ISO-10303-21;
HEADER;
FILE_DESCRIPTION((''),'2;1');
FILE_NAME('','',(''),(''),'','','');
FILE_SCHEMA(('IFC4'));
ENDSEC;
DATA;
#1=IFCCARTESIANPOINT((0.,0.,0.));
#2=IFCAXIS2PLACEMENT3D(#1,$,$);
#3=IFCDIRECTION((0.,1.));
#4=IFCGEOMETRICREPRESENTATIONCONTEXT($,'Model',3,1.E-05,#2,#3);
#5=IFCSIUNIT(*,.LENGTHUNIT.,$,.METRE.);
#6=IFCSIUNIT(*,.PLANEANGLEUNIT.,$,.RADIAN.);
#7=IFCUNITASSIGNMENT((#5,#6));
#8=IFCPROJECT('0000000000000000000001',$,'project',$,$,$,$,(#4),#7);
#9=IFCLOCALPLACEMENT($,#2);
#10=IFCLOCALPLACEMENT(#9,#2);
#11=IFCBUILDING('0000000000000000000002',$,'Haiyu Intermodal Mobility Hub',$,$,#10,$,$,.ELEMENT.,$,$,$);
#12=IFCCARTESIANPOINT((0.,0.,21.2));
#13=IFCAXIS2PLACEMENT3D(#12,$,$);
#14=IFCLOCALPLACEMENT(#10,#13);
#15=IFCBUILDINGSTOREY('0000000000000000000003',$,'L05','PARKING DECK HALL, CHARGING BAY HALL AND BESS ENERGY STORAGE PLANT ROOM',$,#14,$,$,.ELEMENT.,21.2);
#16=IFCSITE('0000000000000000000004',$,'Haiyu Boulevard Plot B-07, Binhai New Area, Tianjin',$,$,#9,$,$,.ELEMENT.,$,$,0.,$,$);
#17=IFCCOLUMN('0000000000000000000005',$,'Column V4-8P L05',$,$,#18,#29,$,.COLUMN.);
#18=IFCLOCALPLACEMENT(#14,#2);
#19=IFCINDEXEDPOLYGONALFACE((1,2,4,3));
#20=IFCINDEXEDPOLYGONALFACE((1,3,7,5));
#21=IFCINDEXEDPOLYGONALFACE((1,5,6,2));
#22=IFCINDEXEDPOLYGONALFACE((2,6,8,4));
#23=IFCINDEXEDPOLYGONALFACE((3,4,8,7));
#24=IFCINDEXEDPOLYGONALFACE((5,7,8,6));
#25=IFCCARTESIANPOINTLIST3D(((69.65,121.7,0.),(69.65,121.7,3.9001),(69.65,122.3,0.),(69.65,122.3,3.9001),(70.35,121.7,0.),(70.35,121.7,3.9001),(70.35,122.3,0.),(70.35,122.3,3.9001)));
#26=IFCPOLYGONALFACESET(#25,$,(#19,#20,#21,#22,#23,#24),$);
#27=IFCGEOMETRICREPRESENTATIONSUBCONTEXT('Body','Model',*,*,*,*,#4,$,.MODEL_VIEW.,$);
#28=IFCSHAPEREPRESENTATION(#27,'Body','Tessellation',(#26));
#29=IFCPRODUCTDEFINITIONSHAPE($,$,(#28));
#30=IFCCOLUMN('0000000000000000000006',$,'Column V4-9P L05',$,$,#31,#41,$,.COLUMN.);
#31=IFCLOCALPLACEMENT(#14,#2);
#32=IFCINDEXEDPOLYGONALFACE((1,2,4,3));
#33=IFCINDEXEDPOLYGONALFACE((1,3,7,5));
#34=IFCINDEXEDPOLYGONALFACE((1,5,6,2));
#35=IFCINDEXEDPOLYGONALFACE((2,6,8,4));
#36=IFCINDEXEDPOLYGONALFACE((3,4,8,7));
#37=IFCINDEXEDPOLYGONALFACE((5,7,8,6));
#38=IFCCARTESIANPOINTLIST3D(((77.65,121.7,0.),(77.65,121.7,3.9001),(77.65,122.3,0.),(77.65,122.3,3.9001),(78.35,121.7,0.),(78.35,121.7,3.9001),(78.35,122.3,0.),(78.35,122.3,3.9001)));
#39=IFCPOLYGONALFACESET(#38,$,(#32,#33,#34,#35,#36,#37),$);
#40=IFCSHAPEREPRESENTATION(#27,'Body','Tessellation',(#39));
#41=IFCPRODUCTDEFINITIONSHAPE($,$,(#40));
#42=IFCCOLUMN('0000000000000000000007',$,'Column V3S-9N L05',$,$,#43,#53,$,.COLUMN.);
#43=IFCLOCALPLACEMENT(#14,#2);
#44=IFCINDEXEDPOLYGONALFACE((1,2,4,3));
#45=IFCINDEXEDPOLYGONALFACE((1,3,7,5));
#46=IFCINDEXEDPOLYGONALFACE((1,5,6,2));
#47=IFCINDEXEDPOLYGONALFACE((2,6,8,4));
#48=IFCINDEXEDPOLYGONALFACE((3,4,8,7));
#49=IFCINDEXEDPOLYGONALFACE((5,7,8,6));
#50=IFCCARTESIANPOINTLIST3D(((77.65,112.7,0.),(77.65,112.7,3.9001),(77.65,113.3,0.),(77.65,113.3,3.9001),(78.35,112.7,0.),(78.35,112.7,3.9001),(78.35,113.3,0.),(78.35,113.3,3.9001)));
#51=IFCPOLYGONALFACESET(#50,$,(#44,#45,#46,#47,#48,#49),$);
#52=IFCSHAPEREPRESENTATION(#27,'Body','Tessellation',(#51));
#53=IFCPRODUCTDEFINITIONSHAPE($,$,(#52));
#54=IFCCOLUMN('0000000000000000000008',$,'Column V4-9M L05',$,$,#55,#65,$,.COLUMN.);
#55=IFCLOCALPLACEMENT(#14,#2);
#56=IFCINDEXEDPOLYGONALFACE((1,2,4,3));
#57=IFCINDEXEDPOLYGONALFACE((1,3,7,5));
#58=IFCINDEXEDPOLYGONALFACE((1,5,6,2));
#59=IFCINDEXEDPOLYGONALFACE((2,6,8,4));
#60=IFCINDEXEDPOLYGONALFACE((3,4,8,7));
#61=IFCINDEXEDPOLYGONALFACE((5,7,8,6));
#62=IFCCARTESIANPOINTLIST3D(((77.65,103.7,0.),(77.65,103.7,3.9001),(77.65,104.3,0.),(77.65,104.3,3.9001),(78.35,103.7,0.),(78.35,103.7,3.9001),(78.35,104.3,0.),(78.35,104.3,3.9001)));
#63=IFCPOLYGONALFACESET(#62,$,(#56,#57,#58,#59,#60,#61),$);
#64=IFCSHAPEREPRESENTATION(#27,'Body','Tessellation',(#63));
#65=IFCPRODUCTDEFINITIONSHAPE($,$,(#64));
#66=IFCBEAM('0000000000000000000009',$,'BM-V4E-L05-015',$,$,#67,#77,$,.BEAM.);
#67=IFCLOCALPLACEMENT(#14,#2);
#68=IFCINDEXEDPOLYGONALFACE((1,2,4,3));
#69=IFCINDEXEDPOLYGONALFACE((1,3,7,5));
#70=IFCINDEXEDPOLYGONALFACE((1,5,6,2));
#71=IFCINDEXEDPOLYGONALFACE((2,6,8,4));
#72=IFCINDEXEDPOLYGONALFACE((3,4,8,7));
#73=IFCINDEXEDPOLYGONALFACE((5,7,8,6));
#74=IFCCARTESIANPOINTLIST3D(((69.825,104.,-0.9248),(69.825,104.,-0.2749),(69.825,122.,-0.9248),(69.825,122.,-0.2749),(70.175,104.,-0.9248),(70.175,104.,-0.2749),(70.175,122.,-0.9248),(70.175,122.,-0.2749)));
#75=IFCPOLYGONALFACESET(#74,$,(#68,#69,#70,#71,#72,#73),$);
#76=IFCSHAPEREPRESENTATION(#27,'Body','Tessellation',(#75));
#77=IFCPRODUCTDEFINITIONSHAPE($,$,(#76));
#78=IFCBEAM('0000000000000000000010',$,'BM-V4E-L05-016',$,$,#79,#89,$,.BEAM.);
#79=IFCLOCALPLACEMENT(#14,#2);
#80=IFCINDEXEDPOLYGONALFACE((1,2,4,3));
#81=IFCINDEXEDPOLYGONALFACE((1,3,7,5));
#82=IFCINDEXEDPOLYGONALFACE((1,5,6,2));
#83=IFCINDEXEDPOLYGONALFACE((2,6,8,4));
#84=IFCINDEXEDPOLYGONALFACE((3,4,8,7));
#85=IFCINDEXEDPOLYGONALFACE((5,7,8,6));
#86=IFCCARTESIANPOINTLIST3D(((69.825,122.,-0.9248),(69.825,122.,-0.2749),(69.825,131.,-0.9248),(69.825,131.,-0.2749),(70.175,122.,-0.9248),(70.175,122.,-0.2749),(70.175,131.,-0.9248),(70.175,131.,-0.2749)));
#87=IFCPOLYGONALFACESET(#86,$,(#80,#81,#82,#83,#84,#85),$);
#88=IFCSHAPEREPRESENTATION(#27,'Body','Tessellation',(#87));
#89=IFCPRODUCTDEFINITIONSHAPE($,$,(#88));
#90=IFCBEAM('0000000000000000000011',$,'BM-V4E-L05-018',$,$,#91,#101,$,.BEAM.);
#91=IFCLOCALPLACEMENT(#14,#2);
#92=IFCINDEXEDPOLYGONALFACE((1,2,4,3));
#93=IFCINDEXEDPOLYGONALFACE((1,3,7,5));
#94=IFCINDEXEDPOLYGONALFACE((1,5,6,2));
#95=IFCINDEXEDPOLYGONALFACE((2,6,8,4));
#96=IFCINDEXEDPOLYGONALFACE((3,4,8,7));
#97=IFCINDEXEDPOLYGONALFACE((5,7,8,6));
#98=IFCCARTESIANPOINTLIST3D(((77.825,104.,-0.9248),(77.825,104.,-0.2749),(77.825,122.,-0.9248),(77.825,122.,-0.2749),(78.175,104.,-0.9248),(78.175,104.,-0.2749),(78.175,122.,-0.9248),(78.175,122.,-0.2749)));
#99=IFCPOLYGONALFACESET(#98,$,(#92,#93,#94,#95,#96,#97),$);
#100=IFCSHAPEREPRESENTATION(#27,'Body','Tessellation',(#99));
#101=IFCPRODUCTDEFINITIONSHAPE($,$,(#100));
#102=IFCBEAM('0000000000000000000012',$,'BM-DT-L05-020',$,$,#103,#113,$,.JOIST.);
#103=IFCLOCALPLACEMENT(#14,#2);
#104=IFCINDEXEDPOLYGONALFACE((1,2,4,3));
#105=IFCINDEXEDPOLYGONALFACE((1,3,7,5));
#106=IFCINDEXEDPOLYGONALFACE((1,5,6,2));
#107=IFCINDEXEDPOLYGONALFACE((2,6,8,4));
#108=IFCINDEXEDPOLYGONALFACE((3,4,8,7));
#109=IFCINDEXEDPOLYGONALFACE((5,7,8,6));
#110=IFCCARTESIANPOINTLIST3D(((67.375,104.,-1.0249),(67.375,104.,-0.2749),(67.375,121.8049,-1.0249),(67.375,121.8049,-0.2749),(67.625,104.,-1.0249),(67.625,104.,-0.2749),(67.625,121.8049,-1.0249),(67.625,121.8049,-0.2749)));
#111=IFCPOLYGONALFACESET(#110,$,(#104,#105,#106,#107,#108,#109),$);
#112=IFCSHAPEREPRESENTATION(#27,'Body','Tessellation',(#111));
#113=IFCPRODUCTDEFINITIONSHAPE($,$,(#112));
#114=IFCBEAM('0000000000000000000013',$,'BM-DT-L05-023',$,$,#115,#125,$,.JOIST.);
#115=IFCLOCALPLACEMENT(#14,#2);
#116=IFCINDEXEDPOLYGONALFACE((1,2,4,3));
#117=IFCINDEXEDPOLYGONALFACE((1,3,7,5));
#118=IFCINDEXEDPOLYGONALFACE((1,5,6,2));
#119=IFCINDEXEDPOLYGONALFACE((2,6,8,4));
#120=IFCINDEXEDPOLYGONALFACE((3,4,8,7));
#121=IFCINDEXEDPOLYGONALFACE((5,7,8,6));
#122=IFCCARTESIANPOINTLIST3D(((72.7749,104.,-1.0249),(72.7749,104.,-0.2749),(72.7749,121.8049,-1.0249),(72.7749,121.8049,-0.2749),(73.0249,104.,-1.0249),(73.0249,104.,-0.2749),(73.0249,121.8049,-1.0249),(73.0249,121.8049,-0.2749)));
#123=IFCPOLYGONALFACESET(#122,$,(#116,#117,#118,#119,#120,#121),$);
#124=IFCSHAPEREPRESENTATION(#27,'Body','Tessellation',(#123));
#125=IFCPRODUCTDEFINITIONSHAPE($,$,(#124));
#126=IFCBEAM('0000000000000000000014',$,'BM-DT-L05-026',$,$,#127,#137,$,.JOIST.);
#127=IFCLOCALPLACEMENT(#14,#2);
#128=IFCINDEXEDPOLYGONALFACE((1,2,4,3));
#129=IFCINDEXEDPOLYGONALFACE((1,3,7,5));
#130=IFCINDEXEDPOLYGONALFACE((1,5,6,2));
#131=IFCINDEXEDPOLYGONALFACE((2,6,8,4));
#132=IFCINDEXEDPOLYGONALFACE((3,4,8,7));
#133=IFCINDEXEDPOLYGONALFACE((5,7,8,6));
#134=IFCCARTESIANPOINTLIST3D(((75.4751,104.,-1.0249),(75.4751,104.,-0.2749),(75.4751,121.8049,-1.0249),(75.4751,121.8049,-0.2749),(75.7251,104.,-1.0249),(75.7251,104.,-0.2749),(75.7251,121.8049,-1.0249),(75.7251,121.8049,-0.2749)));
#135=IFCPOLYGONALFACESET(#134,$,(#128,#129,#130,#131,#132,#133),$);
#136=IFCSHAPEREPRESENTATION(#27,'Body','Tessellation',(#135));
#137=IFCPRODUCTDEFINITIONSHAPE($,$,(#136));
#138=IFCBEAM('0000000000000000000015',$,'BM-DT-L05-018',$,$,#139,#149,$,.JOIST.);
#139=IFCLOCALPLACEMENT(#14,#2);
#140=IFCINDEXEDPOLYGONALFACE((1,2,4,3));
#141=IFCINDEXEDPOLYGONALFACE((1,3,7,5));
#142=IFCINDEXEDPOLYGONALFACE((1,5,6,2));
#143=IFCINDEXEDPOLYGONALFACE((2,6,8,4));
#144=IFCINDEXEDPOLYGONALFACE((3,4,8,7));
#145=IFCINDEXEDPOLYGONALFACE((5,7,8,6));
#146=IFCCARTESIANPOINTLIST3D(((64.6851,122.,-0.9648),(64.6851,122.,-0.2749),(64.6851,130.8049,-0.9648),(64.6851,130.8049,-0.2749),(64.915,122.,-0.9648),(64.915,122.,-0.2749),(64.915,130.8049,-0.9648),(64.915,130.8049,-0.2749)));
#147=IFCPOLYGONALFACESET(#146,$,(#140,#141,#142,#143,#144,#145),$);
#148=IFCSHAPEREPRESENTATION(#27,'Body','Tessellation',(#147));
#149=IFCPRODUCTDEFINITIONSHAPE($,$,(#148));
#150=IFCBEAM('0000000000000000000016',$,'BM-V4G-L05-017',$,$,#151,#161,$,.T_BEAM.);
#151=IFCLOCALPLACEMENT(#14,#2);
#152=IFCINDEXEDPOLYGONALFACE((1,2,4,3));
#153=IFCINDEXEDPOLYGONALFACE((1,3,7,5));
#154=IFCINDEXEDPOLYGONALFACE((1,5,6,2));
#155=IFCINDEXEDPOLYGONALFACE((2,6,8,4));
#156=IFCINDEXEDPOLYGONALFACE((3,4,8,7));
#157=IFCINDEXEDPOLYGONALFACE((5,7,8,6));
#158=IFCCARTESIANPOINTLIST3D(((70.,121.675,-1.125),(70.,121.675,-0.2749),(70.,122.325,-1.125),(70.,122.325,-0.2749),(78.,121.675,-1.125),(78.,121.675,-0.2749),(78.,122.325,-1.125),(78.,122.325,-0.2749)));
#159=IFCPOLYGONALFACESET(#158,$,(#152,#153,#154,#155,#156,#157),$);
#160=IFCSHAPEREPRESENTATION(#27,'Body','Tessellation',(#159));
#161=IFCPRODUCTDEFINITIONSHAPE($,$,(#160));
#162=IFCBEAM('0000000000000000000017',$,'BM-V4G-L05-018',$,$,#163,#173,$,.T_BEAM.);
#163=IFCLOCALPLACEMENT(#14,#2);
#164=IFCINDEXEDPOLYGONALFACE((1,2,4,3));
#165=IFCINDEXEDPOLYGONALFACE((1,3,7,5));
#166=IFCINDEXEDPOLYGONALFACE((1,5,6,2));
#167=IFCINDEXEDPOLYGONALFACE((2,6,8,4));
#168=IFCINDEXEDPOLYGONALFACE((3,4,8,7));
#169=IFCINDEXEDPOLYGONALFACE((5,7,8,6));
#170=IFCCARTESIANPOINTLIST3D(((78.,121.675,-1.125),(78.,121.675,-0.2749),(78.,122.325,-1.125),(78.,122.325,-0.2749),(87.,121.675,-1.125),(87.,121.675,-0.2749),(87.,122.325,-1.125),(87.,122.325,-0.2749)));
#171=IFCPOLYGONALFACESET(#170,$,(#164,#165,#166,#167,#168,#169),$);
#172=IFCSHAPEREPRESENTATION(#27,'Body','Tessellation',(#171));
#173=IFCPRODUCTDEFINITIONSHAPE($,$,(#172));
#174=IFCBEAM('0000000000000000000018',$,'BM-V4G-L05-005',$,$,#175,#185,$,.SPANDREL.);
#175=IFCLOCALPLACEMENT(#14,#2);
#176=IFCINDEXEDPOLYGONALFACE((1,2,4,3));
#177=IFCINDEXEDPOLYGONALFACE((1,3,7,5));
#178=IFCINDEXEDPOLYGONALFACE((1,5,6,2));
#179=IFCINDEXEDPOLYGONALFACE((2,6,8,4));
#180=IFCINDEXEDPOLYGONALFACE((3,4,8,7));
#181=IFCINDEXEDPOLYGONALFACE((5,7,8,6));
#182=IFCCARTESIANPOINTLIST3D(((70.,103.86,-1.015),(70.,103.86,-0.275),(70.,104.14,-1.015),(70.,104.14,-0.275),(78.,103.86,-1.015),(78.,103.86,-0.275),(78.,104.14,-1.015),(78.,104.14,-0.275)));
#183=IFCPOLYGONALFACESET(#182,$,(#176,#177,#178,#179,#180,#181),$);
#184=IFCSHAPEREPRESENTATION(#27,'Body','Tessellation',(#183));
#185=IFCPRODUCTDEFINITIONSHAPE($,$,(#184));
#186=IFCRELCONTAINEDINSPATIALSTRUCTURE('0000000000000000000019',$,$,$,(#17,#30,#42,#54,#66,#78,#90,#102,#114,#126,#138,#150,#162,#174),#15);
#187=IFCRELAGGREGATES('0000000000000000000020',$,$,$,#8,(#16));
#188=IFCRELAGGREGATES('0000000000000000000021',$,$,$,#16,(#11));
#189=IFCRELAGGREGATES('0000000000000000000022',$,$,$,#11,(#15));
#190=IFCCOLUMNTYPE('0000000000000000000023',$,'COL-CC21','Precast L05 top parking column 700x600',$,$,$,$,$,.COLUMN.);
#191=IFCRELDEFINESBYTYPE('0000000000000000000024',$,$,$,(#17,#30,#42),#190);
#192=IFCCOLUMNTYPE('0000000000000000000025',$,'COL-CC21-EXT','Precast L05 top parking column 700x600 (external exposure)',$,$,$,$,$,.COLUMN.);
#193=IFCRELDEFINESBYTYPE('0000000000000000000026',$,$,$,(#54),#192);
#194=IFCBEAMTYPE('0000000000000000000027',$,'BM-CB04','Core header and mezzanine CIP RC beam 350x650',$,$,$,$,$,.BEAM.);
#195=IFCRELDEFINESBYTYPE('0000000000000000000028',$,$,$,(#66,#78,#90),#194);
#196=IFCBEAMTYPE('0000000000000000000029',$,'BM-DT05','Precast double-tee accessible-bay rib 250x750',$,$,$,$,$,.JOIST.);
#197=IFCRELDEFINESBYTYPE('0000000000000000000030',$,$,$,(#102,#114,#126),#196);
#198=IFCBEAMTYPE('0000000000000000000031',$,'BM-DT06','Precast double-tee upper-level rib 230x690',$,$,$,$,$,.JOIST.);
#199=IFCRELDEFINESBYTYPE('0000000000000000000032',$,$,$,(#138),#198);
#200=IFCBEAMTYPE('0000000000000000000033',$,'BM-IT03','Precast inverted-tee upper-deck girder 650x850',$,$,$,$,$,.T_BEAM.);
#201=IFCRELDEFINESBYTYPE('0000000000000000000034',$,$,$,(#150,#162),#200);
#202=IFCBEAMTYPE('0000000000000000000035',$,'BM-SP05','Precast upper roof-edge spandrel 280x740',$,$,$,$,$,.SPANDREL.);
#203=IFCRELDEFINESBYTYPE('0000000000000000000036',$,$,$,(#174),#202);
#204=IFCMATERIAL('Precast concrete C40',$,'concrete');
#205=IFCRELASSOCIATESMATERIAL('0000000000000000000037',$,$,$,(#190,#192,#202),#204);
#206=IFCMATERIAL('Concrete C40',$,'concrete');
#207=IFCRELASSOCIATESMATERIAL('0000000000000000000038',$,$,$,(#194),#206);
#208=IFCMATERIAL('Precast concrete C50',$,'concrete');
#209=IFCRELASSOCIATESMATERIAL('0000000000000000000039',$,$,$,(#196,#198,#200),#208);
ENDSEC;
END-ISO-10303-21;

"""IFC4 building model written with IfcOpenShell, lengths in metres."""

from ifc_helpers import new_model, si_unit, direction, frame, origin, origin_2d, place, context, subcontext, project, spatial, rectangle, extrude, material, material_profile, profile_set, type_object, element, save


model = new_model("IFC4")

# Units and contexts
model_context = context("Model", 3, precision=1e-05, world=origin(), true_north=direction((0.0, 1.0)))
body_context = subcontext(model_context, "Body", "Model", "MODEL_VIEW")
ifc_project = project(units=[si_unit("LENGTHUNIT", "METRE"), si_unit("PLANEANGLEUNIT", "RADIAN")], contexts=[model_context])

# Site, building, storey
site_placement = place(None, origin())
site = spatial("IfcSite", under=ifc_project, at=site_placement, Name="Haiyu Boulevard Plot B-07, Binhai New Area, Tianjin", CompositionType="ELEMENT", RefElevation=0.0)
building_placement = place(site_placement, origin())
building = spatial("IfcBuilding", under=site, at=building_placement, Name="Haiyu Intermodal Mobility Hub", CompositionType="ELEMENT")
storey_placement = place(building_placement, frame((0.0, 0.0, 21.2)))
storey = spatial("IfcBuildingStorey", under=building, at=storey_placement, Name="L05", Description="PARKING DECK HALL, CHARGING BAY HALL AND BESS ENERGY STORAGE PLANT ROOM", CompositionType="ELEMENT", Elevation=21.2)

# Columns
ifc_material_1 = material(Name="Precast concrete C40", Category="concrete")
ifc_material_profile_1 = material_profile(ifc_material_1, rectangle(XDim=0.7, YDim=0.6001, at=origin_2d()), Name="C700x600")
ifc_profile_set_1 = profile_set([ifc_material_profile_1], Name="Precast concrete C40")
column_type_1 = type_object("IfcColumnType", Name="COL-CC21", Description="Precast L05 top parking column 700x600", PredefinedType="COLUMN", material=ifc_profile_set_1)
for number, where, z_axis, x_axis, name in (
    (1, (70.0, 122.0, 0.0), (0.0, 0.0, 1.0), (1.0, 0.0, 0.0), "Column V4-8P L05"),
    (2, (78.0, 122.0, 0.0), (0.0, 0.0, 1.0), (1.0, 0.0, 0.0), "Column V4-9P L05"),
    (3, (78.0, 113.0, 0.0), (0.0, 0.0, 1.0), (1.0, 0.0, 0.0), "Column V3S-9N L05"),
):
    element("IfcColumn", number, at=place(storey_placement, frame(where, z_axis=z_axis, x_axis=x_axis)), inside=storey, type_object=column_type_1, Name=name, PredefinedType="COLUMN", context=body_context, shape_type="SweptSolid", body=[
        extrude(rectangle(XDim=0.7, YDim=0.6001, at=origin_2d()), origin(), (0.0, 0.0, 1.0), 3.9001),
    ])
ifc_material_profile_2 = material_profile(ifc_material_1, rectangle(XDim=0.7, YDim=0.6001, at=origin_2d()), Name="C700x600")
ifc_profile_set_2 = profile_set([ifc_material_profile_2], Name="Precast concrete C40")
column_type_2 = type_object("IfcColumnType", Name="COL-CC21-EXT", Description="Precast L05 top parking column 700x600 (external exposure)", PredefinedType="COLUMN", material=ifc_profile_set_2)
column_placement = place(storey_placement, frame((78.0, 104.0, 0.0), z_axis=(0.0, 0.0, 1.0), x_axis=(1.0, 0.0, 0.0)))
element("IfcColumn", 4, at=column_placement, inside=storey, type_object=column_type_2, Name="Column V4-9M L05", PredefinedType="COLUMN", context=body_context, shape_type="SweptSolid", body=[
    extrude(rectangle(XDim=0.7, YDim=0.6001, at=origin_2d()), origin(), (0.0, 0.0, 1.0), 3.9001),
])

# Beams
ifc_material_2 = material(Name="Concrete C40", Category="concrete")
ifc_material_profile_3 = material_profile(ifc_material_2, rectangle(XDim=0.3501, YDim=0.6499, at=origin_2d()), Name="RCB350x650")
ifc_profile_set_3 = profile_set([ifc_material_profile_3], Name="Concrete C40")
beam_type_1 = type_object("IfcBeamType", Name="BM-CB04", Description="Core header and mezzanine CIP RC beam 350x650", PredefinedType="BEAM", material=ifc_profile_set_3)
beam_1_placement = place(storey_placement, frame((70.0, 104.0, -0.5999), z_axis=(0.0, 1.0, 0.0), x_axis=(-1.0, 0.0, 0.0)))
element("IfcBeam", 5, at=beam_1_placement, inside=storey, type_object=beam_type_1, Name="BM-V4E-L05-015", PredefinedType="BEAM", context=body_context, shape_type="SweptSolid", body=[
    extrude(rectangle(XDim=0.3501, YDim=0.6499, at=origin_2d()), origin(), (0.0, 0.0, 1.0), 18.0),
])
beam_2_placement = place(storey_placement, frame((70.0, 122.0, -0.5999), z_axis=(0.0, 1.0, 0.0), x_axis=(-1.0, 0.0, 0.0)))
element("IfcBeam", 6, at=beam_2_placement, inside=storey, type_object=beam_type_1, Name="BM-V4E-L05-016", PredefinedType="BEAM", context=body_context, shape_type="SweptSolid", body=[
    extrude(rectangle(XDim=0.3501, YDim=0.6499, at=origin_2d()), origin(), (0.0, 0.0, 1.0), 9.0),
])
beam_3_placement = place(storey_placement, frame((78.0, 104.0, -0.5999), z_axis=(0.0, 1.0, 0.0), x_axis=(-1.0, 0.0, 0.0)))
element("IfcBeam", 7, at=beam_3_placement, inside=storey, type_object=beam_type_1, Name="BM-V4E-L05-018", PredefinedType="BEAM", context=body_context, shape_type="SweptSolid", body=[
    extrude(rectangle(XDim=0.3501, YDim=0.6499, at=origin_2d()), origin(), (0.0, 0.0, 1.0), 18.0),
])
ifc_material_3 = material(Name="Precast concrete C50", Category="concrete")
ifc_material_profile_4 = material_profile(ifc_material_3, rectangle(XDim=0.25, YDim=0.75, at=origin_2d()), Name="B250x750")
ifc_profile_set_4 = profile_set([ifc_material_profile_4], Name="Precast concrete C50")
beam_type_2 = type_object("IfcBeamType", Name="BM-DT05", Description="Precast double-tee accessible-bay rib 250x750", PredefinedType="JOIST", material=ifc_profile_set_4)
for number, where, z_axis, x_axis, name in (
    (8, (67.5, 104.0, -0.6499), (0.0, 1.0, 0.0), (-1.0, 0.0, 0.0), "BM-DT-L05-020"),
    (9, (72.8999, 104.0, -0.6499), (0.0, 1.0, 0.0), (-1.0, 0.0, 0.0), "BM-DT-L05-023"),
    (10, (75.6001, 104.0, -0.6499), (0.0, 1.0, 0.0), (-1.0, 0.0, 0.0), "BM-DT-L05-026"),
):
    element("IfcBeam", number, at=place(storey_placement, frame(where, z_axis=z_axis, x_axis=x_axis)), inside=storey, type_object=beam_type_2, Name=name, PredefinedType="JOIST", context=body_context, shape_type="SweptSolid", body=[
        extrude(rectangle(XDim=0.25, YDim=0.75, at=origin_2d()), origin(), (0.0, 0.0, 1.0), 17.8049),
    ])
ifc_material_profile_5 = material_profile(ifc_material_3, rectangle(XDim=0.23, YDim=0.6899, at=origin_2d()), Name="B230x690")
ifc_profile_set_5 = profile_set([ifc_material_profile_5], Name="Precast concrete C50")
beam_type_3 = type_object("IfcBeamType", Name="BM-DT06", Description="Precast double-tee upper-level rib 230x690", PredefinedType="JOIST", material=ifc_profile_set_5)
beam_4_placement = place(storey_placement, frame((64.8, 122.0, -0.6199), z_axis=(0.0, 1.0, 0.0), x_axis=(-1.0, 0.0, 0.0)))
element("IfcBeam", 11, at=beam_4_placement, inside=storey, type_object=beam_type_3, Name="BM-DT-L05-018", PredefinedType="JOIST", context=body_context, shape_type="SweptSolid", body=[
    extrude(rectangle(XDim=0.23, YDim=0.6899, at=origin_2d()), origin(), (0.0, 0.0, 1.0), 8.8049),
])
ifc_material_profile_6 = material_profile(ifc_material_3, rectangle(XDim=0.6499, YDim=0.8501, at=origin_2d()), Name="PC650x850")
ifc_profile_set_6 = profile_set([ifc_material_profile_6], Name="Precast concrete C50")
beam_type_4 = type_object("IfcBeamType", Name="BM-IT03", Description="Precast inverted-tee upper-deck girder 650x850", PredefinedType="T_BEAM", material=ifc_profile_set_6)
beam_5_placement = place(storey_placement, frame((70.0, 122.0, -0.7), z_axis=(1.0, 0.0, 0.0), x_axis=(0.0, 1.0, 0.0)))
element("IfcBeam", 12, at=beam_5_placement, inside=storey, type_object=beam_type_4, Name="BM-V4G-L05-017", PredefinedType="T_BEAM", context=body_context, shape_type="SweptSolid", body=[
    extrude(rectangle(XDim=0.6499, YDim=0.8501, at=origin_2d()), origin(), (0.0, 0.0, 1.0), 8.0),
])
beam_6_placement = place(storey_placement, frame((78.0, 122.0, -0.7), z_axis=(1.0, 0.0, 0.0), x_axis=(0.0, 1.0, 0.0)))
element("IfcBeam", 13, at=beam_6_placement, inside=storey, type_object=beam_type_4, Name="BM-V4G-L05-018", PredefinedType="T_BEAM", context=body_context, shape_type="SweptSolid", body=[
    extrude(rectangle(XDim=0.6499, YDim=0.8501, at=origin_2d()), origin(), (0.0, 0.0, 1.0), 9.0),
])
ifc_material_profile_7 = material_profile(ifc_material_1, rectangle(XDim=0.28, YDim=0.74, at=origin_2d()), Name="B280x740")
ifc_profile_set_7 = profile_set([ifc_material_profile_7], Name="Precast concrete C40")
beam_type_5 = type_object("IfcBeamType", Name="BM-SP05", Description="Precast upper roof-edge spandrel 280x740", PredefinedType="SPANDREL", material=ifc_profile_set_7)
beam_7_placement = place(storey_placement, frame((70.0, 104.0, -0.645), z_axis=(1.0, 0.0, 0.0), x_axis=(0.0, 1.0, 0.0)))
element("IfcBeam", 14, at=beam_7_placement, inside=storey, type_object=beam_type_5, Name="BM-V4G-L05-005", PredefinedType="SPANDREL", context=body_context, shape_type="SweptSolid", body=[
    extrude(rectangle(XDim=0.28, YDim=0.74, at=origin_2d()), origin(), (0.0, 0.0, 1.0), 8.0),
])

save(model, "model.ifc")
